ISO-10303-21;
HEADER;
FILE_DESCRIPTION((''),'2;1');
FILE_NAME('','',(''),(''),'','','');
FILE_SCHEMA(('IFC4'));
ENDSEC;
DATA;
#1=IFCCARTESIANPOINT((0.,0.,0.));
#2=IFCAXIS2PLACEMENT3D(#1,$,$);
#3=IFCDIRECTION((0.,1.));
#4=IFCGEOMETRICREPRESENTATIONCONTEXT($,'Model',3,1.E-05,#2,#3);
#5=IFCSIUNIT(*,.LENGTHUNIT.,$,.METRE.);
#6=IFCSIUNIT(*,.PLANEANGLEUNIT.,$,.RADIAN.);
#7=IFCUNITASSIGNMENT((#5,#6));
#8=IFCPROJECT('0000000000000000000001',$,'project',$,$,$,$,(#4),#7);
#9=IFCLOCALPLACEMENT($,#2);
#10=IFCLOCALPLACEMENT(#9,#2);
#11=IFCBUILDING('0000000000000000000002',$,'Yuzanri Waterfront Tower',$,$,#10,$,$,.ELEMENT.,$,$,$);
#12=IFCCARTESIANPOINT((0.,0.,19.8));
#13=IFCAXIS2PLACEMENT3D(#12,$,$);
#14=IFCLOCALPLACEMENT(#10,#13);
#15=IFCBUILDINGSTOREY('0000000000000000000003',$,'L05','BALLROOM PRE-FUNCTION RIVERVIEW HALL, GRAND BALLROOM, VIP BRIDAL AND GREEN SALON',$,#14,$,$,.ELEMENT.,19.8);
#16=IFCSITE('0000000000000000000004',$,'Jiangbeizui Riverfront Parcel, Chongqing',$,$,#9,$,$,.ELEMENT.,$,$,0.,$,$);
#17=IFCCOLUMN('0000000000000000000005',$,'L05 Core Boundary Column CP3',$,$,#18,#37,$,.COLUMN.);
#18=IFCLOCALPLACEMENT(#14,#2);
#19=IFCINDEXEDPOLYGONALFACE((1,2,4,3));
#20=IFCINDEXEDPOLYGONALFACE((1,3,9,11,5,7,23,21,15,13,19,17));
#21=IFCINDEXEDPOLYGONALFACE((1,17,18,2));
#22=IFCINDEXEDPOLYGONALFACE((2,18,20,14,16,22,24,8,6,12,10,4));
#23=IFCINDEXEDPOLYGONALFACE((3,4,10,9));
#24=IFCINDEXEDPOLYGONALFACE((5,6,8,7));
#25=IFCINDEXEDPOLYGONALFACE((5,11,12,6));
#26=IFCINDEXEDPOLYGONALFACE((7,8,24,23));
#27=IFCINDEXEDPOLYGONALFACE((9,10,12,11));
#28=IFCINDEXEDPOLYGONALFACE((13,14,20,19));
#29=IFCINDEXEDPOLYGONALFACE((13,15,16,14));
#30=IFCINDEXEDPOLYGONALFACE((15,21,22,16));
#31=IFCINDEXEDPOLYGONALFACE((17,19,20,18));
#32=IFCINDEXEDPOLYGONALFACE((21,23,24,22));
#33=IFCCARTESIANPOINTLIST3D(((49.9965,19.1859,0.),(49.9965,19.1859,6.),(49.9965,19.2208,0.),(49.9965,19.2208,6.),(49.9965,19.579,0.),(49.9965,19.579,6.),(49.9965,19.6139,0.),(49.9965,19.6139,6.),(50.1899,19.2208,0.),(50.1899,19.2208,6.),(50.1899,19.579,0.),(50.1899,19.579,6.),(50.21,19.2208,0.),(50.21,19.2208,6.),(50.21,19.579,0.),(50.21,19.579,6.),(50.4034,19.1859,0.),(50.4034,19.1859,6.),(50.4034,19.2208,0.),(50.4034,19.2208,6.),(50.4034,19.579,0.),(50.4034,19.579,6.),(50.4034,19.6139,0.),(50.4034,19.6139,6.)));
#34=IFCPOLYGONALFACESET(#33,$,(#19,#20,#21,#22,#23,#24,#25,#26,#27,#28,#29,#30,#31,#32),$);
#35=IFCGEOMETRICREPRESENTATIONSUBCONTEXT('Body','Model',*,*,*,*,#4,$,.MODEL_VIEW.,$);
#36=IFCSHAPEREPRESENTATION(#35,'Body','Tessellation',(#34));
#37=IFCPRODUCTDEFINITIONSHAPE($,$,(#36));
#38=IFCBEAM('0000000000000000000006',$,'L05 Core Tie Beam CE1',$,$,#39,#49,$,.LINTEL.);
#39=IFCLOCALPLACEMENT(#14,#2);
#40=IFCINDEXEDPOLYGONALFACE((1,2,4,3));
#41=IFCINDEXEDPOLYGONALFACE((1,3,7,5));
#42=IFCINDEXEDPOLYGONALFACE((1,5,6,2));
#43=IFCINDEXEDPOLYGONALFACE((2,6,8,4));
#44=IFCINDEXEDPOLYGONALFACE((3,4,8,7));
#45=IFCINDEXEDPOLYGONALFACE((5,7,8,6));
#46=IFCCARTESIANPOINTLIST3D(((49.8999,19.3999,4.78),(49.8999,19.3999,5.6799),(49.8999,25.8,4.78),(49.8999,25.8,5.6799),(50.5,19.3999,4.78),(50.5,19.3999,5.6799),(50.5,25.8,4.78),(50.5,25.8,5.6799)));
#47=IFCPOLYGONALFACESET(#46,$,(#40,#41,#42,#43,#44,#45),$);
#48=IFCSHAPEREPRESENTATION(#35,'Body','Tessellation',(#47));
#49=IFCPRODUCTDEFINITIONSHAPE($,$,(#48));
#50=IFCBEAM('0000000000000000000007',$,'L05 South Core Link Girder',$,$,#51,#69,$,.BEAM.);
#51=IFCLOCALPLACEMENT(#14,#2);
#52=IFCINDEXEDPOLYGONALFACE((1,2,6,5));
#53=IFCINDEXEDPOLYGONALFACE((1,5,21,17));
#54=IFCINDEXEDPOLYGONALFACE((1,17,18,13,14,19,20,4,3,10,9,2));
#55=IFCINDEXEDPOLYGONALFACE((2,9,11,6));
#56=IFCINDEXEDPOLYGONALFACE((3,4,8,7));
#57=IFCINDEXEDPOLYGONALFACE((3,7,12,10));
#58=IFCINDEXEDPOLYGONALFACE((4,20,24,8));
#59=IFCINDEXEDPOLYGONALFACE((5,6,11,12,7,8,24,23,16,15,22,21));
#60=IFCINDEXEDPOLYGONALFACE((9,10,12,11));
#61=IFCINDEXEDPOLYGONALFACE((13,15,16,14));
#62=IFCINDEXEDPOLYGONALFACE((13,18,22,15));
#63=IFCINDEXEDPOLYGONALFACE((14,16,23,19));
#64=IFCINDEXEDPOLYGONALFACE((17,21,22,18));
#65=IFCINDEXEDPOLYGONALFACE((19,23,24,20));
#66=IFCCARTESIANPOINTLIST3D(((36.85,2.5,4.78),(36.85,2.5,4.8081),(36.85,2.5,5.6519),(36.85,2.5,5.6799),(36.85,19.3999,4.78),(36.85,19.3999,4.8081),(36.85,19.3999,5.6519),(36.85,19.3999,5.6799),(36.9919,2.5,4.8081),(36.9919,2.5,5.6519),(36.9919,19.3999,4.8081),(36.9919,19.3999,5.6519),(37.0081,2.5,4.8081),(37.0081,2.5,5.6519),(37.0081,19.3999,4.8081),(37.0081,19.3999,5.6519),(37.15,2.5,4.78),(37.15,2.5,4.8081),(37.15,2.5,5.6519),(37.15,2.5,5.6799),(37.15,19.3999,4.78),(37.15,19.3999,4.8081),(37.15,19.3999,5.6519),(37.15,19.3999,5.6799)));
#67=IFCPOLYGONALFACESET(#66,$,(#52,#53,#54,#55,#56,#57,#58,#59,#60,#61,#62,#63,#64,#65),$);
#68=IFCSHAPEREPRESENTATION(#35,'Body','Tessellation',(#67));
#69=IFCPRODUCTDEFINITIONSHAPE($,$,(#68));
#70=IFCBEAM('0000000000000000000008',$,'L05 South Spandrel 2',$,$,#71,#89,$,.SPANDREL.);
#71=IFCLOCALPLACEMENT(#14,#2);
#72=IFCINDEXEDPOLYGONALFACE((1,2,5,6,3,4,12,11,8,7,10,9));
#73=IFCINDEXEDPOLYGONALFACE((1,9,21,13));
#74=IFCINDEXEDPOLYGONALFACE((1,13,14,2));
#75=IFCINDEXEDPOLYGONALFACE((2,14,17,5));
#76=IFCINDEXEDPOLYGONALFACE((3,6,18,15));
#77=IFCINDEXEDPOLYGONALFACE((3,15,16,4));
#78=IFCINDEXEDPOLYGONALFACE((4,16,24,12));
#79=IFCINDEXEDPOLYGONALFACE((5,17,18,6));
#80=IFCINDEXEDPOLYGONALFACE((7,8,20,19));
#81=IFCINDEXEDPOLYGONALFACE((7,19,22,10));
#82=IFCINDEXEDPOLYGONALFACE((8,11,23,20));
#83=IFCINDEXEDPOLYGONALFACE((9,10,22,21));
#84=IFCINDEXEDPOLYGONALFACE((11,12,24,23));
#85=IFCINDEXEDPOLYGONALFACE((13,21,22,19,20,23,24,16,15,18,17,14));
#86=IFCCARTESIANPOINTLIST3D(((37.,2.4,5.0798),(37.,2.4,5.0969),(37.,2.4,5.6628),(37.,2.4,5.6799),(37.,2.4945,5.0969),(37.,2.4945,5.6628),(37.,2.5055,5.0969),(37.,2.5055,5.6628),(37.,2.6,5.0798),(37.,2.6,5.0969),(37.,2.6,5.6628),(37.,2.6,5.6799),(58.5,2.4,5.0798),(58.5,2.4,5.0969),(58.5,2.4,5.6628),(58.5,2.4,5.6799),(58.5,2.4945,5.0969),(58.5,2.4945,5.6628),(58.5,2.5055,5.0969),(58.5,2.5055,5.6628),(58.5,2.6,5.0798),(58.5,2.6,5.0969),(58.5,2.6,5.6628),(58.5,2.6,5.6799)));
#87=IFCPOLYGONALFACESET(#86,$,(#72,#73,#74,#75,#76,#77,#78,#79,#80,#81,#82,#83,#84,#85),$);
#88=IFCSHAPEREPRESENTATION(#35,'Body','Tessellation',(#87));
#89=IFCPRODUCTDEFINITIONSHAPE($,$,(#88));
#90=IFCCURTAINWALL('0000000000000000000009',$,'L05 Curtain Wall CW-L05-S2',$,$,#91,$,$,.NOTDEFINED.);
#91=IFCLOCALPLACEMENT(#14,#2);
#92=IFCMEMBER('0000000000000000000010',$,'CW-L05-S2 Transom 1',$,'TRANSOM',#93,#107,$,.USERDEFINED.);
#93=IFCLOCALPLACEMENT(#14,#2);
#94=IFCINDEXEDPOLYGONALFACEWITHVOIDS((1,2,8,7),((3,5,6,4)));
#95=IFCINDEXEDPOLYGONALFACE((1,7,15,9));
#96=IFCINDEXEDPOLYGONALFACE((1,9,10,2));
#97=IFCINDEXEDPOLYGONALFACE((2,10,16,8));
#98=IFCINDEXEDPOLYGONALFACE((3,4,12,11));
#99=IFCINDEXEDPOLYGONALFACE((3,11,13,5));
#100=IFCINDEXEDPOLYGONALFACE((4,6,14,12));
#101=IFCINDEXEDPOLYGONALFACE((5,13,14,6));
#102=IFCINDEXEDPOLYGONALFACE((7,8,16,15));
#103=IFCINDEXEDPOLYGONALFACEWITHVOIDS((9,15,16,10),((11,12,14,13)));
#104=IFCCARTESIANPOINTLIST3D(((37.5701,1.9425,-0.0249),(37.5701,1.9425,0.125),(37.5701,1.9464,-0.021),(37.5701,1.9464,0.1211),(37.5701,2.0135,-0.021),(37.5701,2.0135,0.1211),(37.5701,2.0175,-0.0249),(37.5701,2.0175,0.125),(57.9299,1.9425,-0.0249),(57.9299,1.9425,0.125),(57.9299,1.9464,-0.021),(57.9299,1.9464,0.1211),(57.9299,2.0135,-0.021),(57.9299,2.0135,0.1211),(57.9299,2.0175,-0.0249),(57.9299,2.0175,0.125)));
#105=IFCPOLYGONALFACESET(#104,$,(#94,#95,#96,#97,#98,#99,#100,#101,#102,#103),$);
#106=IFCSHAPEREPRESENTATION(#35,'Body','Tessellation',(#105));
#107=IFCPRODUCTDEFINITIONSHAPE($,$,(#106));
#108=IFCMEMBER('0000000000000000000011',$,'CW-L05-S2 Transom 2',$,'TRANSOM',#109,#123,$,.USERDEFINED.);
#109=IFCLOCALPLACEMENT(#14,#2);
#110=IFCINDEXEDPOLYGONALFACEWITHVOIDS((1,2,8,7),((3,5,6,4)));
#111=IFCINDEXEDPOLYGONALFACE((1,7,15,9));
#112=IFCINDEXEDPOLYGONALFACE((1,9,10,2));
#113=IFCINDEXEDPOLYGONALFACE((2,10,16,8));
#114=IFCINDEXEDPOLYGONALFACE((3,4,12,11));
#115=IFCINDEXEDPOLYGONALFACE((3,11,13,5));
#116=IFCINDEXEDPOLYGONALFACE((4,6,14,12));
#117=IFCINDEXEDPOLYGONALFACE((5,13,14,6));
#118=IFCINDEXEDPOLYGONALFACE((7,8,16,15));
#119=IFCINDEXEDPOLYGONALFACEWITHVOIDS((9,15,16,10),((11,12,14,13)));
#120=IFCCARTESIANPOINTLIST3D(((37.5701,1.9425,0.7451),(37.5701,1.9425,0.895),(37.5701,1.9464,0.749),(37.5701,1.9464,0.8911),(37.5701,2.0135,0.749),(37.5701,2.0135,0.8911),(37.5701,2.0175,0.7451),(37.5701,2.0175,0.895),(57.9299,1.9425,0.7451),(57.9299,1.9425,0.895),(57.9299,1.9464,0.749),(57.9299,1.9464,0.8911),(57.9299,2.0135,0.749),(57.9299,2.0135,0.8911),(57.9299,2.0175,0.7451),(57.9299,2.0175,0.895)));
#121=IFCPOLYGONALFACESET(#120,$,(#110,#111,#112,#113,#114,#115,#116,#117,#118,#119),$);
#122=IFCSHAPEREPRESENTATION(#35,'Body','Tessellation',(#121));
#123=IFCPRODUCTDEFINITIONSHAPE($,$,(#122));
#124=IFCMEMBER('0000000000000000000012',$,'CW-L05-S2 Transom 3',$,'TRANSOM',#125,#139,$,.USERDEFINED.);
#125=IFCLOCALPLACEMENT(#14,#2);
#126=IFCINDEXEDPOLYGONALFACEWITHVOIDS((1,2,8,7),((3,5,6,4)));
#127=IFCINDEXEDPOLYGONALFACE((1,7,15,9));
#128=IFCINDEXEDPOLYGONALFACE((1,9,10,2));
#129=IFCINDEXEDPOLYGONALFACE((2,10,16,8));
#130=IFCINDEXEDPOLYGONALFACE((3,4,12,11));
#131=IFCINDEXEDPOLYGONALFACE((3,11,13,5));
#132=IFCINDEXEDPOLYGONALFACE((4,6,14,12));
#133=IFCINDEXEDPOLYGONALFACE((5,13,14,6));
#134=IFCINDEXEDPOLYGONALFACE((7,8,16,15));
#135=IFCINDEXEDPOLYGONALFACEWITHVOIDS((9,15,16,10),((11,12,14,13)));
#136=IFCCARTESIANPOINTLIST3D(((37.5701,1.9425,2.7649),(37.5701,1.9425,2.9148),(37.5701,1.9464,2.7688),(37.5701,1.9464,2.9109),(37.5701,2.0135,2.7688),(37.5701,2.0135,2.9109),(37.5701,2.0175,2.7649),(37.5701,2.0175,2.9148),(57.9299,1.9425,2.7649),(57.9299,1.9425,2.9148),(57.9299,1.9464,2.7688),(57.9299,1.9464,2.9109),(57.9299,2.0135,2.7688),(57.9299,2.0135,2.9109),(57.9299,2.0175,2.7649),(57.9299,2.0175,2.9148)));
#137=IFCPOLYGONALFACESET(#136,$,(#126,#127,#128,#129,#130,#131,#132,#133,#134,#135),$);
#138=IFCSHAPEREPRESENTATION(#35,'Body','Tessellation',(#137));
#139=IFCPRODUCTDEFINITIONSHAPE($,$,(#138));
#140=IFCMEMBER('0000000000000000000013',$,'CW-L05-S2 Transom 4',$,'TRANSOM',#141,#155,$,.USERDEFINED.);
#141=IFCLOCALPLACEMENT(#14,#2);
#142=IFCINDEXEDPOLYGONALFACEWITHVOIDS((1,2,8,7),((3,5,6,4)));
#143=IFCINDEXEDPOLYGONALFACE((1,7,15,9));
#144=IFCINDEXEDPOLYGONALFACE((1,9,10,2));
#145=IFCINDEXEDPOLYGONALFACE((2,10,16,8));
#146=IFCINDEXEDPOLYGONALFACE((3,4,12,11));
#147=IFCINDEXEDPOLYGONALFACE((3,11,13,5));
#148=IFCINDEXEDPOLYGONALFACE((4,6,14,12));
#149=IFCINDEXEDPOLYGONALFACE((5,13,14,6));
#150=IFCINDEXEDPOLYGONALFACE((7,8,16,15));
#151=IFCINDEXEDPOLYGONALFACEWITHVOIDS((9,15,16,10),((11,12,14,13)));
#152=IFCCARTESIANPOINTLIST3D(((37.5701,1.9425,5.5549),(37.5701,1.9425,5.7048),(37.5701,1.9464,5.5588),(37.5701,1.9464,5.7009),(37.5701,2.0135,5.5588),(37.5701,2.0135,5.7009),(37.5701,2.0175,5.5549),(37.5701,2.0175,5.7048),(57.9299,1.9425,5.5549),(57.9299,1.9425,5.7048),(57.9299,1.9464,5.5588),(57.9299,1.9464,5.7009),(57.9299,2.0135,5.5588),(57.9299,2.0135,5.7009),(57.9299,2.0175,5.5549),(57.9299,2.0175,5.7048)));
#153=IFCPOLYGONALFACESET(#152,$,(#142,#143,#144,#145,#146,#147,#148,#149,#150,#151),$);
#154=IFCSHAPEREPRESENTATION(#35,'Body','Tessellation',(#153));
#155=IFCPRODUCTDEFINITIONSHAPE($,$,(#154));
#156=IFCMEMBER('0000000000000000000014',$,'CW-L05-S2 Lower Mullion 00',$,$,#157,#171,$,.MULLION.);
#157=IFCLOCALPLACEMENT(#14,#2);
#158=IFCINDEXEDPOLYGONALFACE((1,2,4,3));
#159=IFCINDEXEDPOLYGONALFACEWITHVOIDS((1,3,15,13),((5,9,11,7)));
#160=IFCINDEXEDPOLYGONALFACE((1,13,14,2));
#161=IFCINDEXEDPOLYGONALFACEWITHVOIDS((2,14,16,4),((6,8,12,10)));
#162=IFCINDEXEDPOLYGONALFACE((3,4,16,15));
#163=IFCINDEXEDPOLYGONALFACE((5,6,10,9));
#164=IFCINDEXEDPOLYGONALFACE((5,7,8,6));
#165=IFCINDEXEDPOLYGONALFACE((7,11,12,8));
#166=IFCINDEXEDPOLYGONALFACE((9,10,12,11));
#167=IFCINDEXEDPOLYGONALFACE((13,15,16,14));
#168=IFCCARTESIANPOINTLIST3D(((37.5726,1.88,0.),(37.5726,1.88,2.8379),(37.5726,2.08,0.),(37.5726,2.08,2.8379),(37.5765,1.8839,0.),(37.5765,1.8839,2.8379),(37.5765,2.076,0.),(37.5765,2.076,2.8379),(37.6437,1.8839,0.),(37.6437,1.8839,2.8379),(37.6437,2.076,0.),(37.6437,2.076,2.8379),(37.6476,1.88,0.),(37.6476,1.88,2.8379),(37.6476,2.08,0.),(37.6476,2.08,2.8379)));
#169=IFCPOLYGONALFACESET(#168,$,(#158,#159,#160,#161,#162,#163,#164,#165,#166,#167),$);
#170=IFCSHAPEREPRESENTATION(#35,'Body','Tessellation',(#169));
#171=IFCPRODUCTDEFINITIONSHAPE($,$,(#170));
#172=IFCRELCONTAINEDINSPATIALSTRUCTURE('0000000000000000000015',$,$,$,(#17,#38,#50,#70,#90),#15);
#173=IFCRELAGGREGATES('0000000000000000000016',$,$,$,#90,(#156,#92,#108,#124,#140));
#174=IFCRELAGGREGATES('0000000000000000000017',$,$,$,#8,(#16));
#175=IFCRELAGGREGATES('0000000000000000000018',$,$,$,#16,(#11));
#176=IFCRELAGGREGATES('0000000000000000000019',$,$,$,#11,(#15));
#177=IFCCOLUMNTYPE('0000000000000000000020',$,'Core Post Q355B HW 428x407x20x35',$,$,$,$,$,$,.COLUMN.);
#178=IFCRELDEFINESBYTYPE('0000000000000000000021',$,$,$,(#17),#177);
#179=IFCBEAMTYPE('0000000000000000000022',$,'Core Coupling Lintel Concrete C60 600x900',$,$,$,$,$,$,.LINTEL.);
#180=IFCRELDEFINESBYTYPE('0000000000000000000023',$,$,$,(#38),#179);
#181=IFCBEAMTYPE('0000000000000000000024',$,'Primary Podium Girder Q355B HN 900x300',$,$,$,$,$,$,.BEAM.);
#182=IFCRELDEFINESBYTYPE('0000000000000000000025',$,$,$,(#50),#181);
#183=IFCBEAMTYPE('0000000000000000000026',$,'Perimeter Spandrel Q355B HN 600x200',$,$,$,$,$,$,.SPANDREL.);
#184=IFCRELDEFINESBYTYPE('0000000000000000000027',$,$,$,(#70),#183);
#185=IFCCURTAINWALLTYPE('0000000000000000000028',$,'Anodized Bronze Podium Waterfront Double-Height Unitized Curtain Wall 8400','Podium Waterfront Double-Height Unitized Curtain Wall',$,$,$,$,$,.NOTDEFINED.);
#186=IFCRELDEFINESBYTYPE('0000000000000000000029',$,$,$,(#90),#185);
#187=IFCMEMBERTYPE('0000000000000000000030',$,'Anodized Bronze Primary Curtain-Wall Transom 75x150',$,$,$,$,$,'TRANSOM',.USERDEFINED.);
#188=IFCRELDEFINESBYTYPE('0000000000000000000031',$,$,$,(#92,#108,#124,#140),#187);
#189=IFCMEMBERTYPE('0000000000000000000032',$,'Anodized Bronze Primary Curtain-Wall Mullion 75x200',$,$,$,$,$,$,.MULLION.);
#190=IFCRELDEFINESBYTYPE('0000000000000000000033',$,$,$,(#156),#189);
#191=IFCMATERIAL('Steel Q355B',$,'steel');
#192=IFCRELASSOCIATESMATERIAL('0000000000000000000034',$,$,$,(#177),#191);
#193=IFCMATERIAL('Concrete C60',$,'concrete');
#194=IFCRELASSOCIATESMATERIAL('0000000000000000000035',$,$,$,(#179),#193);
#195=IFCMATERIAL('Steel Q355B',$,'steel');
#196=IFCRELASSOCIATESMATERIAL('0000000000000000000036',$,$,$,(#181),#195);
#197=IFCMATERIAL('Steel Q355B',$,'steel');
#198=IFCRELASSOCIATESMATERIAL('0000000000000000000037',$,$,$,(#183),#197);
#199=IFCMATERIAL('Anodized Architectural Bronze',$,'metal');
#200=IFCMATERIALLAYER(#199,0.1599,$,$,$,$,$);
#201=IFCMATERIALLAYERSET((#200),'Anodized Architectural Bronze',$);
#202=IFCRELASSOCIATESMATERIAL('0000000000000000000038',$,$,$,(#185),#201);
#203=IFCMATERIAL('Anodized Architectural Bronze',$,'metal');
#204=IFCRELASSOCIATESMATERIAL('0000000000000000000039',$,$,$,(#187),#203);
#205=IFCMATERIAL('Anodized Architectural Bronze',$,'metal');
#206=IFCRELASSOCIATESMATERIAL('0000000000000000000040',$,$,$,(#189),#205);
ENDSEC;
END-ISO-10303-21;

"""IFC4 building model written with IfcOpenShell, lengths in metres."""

from ifc_helpers import new_model, si_unit, direction, frame, origin, origin_2d, place, context, subcontext, project, spatial, rectangle, hollow_rectangle, i_section, extrude, source, transform, mapped, material, layer, layer_set, material_profile, profile_set, type_object, element, aggregate, save


model = new_model("IFC4")

# Units and contexts
model_context = context("Model", 3, precision=1e-05, world=origin(), true_north=direction((0.0, 1.0)))
body_context = subcontext(model_context, "Body", "Model", "MODEL_VIEW")
ifc_project = project(units=[si_unit("LENGTHUNIT", "METRE"), si_unit("PLANEANGLEUNIT", "RADIAN")], contexts=[model_context])

# Site, building, storey
site_placement = place(None, origin())
site = spatial("IfcSite", under=ifc_project, at=site_placement, Name="Jiangbeizui Riverfront Parcel, Chongqing", CompositionType="ELEMENT", RefElevation=0.0)
building_placement = place(site_placement, origin())
building = spatial("IfcBuilding", under=site, at=building_placement, Name="Yuzanri Waterfront Tower", CompositionType="ELEMENT")
storey_placement = place(building_placement, frame((0.0, 0.0, 19.8)))
storey = spatial("IfcBuildingStorey", under=building, at=storey_placement, Name="L05", Description="BALLROOM PRE-FUNCTION RIVERVIEW HALL, GRAND BALLROOM, VIP BRIDAL AND GREEN SALON", CompositionType="ELEMENT", Elevation=19.8)

# Column
ifc_material_1 = material(Name="Steel Q355B", Category="steel")
ifc_material_profile_1 = material_profile(ifc_material_1, i_section(OverallWidth=0.407, OverallDepth=0.428, WebThickness=0.02, FlangeThickness=0.0349, at=origin_2d()), Name="HW 428x407x20x35")
ifc_profile_set_1 = profile_set([ifc_material_profile_1], Name="Steel Q355B")
column_type = type_object("IfcColumnType", Name="Core Post Q355B HW 428x407x20x35", PredefinedType="COLUMN", material=ifc_profile_set_1)
shared_shape_1 = source(origin(), body_context, "Body", "SweptSolid", [
    extrude(i_section(OverallWidth=0.407, OverallDepth=0.428, WebThickness=0.02, FlangeThickness=0.0349, at=origin_2d()), origin(), (0.0, 0.0, 1.0), 6.0),
])
column_placement = place(storey_placement, frame((50.2, 19.3999, 0.0), z_axis=(0.0, 0.0, 1.0), x_axis=(1.0, 0.0, 0.0)))
element("IfcColumn", 1, at=column_placement, inside=storey, type_object=column_type, Name="L05 Core Boundary Column CP3", PredefinedType="COLUMN", context=body_context, shape_type="MappedRepresentation", body=[
    mapped(shared_shape_1, transform((0.0, 0.0, 0.0), scale=1.0)),
])

# Beams
ifc_material_2 = material(Name="Concrete C60", Category="concrete")
ifc_material_profile_2 = material_profile(ifc_material_2, rectangle(XDim=0.6001, YDim=0.8999, at=origin_2d()), Name="RC 600x900")
ifc_profile_set_2 = profile_set([ifc_material_profile_2], Name="Concrete C60")
beam_type_1 = type_object("IfcBeamType", Name="Core Coupling Lintel Concrete C60 600x900", PredefinedType="LINTEL", material=ifc_profile_set_2)
shared_shape_2 = source(origin(), body_context, "Body", "SweptSolid", [
    extrude(rectangle(XDim=0.6001, YDim=0.8999, at=origin_2d()), origin(), (0.0, 0.0, 1.0), 6.4001),
])
beam_1_placement = place(storey_placement, frame((50.2, 19.3999, 5.23), z_axis=(0.0, 1.0, 0.0), x_axis=(-1.0, 0.0, 0.0)))
element("IfcBeam", 2, at=beam_1_placement, inside=storey, type_object=beam_type_1, Name="L05 Core Tie Beam CE1", PredefinedType="LINTEL", context=body_context, shape_type="MappedRepresentation", body=[
    mapped(shared_shape_2, transform((0.0, 0.0, 0.0), scale=1.0)),
])
ifc_material_3 = material(Name="Steel Q355B", Category="steel")
ifc_material_profile_3 = material_profile(ifc_material_3, i_section(OverallWidth=0.3, OverallDepth=0.8999, WebThickness=0.0161, FlangeThickness=0.0281, at=origin_2d()), Name="HN 900x300x16x28")
ifc_profile_set_3 = profile_set([ifc_material_profile_3], Name="Steel Q355B")
beam_type_2 = type_object("IfcBeamType", Name="Primary Podium Girder Q355B HN 900x300", PredefinedType="BEAM", material=ifc_profile_set_3)
shared_shape_3 = source(origin(), body_context, "Body", "SweptSolid", [
    extrude(i_section(OverallWidth=0.3, OverallDepth=0.8999, WebThickness=0.0161, FlangeThickness=0.0281, at=origin_2d()), origin(), (0.0, 0.0, 1.0), 16.8999),
])
beam_2_placement = place(storey_placement, frame((37.0, 2.5, 5.23), z_axis=(0.0, 1.0, 0.0), x_axis=(-1.0, 0.0, 0.0)))
element("IfcBeam", 3, at=beam_2_placement, inside=storey, type_object=beam_type_2, Name="L05 South Core Link Girder", PredefinedType="BEAM", context=body_context, shape_type="MappedRepresentation", body=[
    mapped(shared_shape_3, transform((0.0, 0.0, 0.0), scale=1.0)),
])
ifc_material_4 = material(Name="Steel Q355B", Category="steel")
ifc_material_profile_4 = material_profile(ifc_material_4, i_section(OverallWidth=0.2, OverallDepth=0.6001, WebThickness=0.011, FlangeThickness=0.0171, at=origin_2d()), Name="HN 600x200x11x17")
ifc_profile_set_4 = profile_set([ifc_material_profile_4], Name="Steel Q355B")
beam_type_3 = type_object("IfcBeamType", Name="Perimeter Spandrel Q355B HN 600x200", PredefinedType="SPANDREL", material=ifc_profile_set_4)
shared_shape_4 = source(origin(), body_context, "Body", "SweptSolid", [
    extrude(i_section(OverallWidth=0.2, OverallDepth=0.6001, WebThickness=0.011, FlangeThickness=0.0171, at=origin_2d()), origin(), (0.0, 0.0, 1.0), 21.5),
])
beam_3_placement = place(storey_placement, frame((37.0, 2.5, 5.3799), z_axis=(1.0, 0.0, 0.0), x_axis=(0.0, 1.0, 0.0)))
element("IfcBeam", 4, at=beam_3_placement, inside=storey, type_object=beam_type_3, Name="L05 South Spandrel 2", PredefinedType="SPANDREL", context=body_context, shape_type="MappedRepresentation", body=[
    mapped(shared_shape_4, transform((0.0, 0.0, 0.0), scale=1.0)),
])

# Curtain wall, members
ifc_material_5 = material(Name="Anodized Architectural Bronze", Category="metal")
ifc_layer_1 = layer(ifc_material_5, 0.1599)
ifc_layer_set_1 = layer_set([ifc_layer_1], Name="Anodized Architectural Bronze")
curtain_wall_type = type_object("IfcCurtainWallType", Name="Anodized Bronze Podium Waterfront Double-Height Unitized Curtain Wall 8400", Description="Podium Waterfront Double-Height Unitized Curtain Wall", PredefinedType="NOTDEFINED", material=ifc_layer_set_1)
curtain_wall_placement = place(storey_placement, origin())
curtain_wall = element("IfcCurtainWall", 5, at=curtain_wall_placement, inside=storey, type_object=curtain_wall_type, Name="L05 Curtain Wall CW-L05-S2", PredefinedType="NOTDEFINED")
ifc_material_6 = material(Name="Anodized Architectural Bronze", Category="metal")
ifc_material_profile_5 = material_profile(ifc_material_6, hollow_rectangle(XDim=0.075, YDim=0.1499, WallThickness=0.0039, at=origin_2d()), Name="CWT 75x150")
ifc_profile_set_5 = profile_set([ifc_material_profile_5], Name="Anodized Architectural Bronze")
member_type_1 = type_object("IfcMemberType", Name="Anodized Bronze Primary Curtain-Wall Transom 75x150", ElementType="TRANSOM", PredefinedType="USERDEFINED", material=ifc_profile_set_5)
shared_shape_5 = source(origin(), body_context, "Body", "SweptSolid", [
    extrude(hollow_rectangle(XDim=0.075, YDim=0.1499, WallThickness=0.0039, at=origin_2d()), origin(), (0.0, 0.0, 1.0), 20.3599),
])
member_1_placement = place(storey_placement, frame((37.5701, 1.98, 0.05), z_axis=(1.0, 0.0, 0.0), x_axis=(0.0, 1.0, 0.0)))
member_1 = element("IfcMember", 6, at=member_1_placement, type_object=member_type_1, Name="CW-L05-S2 Transom 1", ObjectType="TRANSOM", PredefinedType="USERDEFINED", context=body_context, shape_type="MappedRepresentation", body=[
    mapped(shared_shape_5, transform((0.0, 0.0, 0.0), scale=1.0)),
])
member_2_placement = place(storey_placement, frame((37.5701, 1.98, 0.8201), z_axis=(1.0, 0.0, 0.0), x_axis=(0.0, 1.0, 0.0)))
member_2 = element("IfcMember", 7, at=member_2_placement, type_object=member_type_1, Name="CW-L05-S2 Transom 2", ObjectType="TRANSOM", PredefinedType="USERDEFINED", context=body_context, shape_type="MappedRepresentation", body=[
    mapped(shared_shape_5, transform((0.0, 0.0, 0.0), scale=1.0)),
])
member_3_placement = place(storey_placement, frame((37.5701, 1.98, 2.8398), z_axis=(1.0, 0.0, 0.0), x_axis=(0.0, 1.0, 0.0)))
member_3 = element("IfcMember", 8, at=member_3_placement, type_object=member_type_1, Name="CW-L05-S2 Transom 3", ObjectType="TRANSOM", PredefinedType="USERDEFINED", context=body_context, shape_type="MappedRepresentation", body=[
    mapped(shared_shape_5, transform((0.0, 0.0, 0.0), scale=1.0)),
])
member_4_placement = place(storey_placement, frame((37.5701, 1.98, 5.6299), z_axis=(1.0, 0.0, 0.0), x_axis=(0.0, 1.0, 0.0)))
member_4 = element("IfcMember", 9, at=member_4_placement, type_object=member_type_1, Name="CW-L05-S2 Transom 4", ObjectType="TRANSOM", PredefinedType="USERDEFINED", context=body_context, shape_type="MappedRepresentation", body=[
    mapped(shared_shape_5, transform((0.0, 0.0, 0.0), scale=1.0)),
])
ifc_material_7 = material(Name="Anodized Architectural Bronze", Category="metal")
ifc_material_profile_6 = material_profile(ifc_material_7, hollow_rectangle(XDim=0.075, YDim=0.2, WallThickness=0.0039, at=origin_2d()), Name="CWM 75x200")
ifc_profile_set_6 = profile_set([ifc_material_profile_6], Name="Anodized Architectural Bronze")
member_type_2 = type_object("IfcMemberType", Name="Anodized Bronze Primary Curtain-Wall Mullion 75x200", PredefinedType="MULLION", material=ifc_profile_set_6)
shared_shape_6 = source(origin(), body_context, "Body", "SweptSolid", [
    extrude(hollow_rectangle(XDim=0.075, YDim=0.2, WallThickness=0.0039, at=origin_2d()), origin(), (0.0, 0.0, 1.0), 2.8379),
])
member_5_placement = place(storey_placement, frame((37.6101, 1.98, 0.0), z_axis=(0.0, 0.0, 1.0), x_axis=(1.0, 0.0, 0.0)))
member_5 = element("IfcMember", 10, at=member_5_placement, type_object=member_type_2, Name="CW-L05-S2 Lower Mullion 00", PredefinedType="MULLION", context=body_context, shape_type="MappedRepresentation", body=[
    mapped(shared_shape_6, transform((0.0, 0.0, 0.0), scale=1.0)),
])
aggregate(curtain_wall, [member_5, member_1, member_2, member_3, member_4])

save(model, "model.ifc")
